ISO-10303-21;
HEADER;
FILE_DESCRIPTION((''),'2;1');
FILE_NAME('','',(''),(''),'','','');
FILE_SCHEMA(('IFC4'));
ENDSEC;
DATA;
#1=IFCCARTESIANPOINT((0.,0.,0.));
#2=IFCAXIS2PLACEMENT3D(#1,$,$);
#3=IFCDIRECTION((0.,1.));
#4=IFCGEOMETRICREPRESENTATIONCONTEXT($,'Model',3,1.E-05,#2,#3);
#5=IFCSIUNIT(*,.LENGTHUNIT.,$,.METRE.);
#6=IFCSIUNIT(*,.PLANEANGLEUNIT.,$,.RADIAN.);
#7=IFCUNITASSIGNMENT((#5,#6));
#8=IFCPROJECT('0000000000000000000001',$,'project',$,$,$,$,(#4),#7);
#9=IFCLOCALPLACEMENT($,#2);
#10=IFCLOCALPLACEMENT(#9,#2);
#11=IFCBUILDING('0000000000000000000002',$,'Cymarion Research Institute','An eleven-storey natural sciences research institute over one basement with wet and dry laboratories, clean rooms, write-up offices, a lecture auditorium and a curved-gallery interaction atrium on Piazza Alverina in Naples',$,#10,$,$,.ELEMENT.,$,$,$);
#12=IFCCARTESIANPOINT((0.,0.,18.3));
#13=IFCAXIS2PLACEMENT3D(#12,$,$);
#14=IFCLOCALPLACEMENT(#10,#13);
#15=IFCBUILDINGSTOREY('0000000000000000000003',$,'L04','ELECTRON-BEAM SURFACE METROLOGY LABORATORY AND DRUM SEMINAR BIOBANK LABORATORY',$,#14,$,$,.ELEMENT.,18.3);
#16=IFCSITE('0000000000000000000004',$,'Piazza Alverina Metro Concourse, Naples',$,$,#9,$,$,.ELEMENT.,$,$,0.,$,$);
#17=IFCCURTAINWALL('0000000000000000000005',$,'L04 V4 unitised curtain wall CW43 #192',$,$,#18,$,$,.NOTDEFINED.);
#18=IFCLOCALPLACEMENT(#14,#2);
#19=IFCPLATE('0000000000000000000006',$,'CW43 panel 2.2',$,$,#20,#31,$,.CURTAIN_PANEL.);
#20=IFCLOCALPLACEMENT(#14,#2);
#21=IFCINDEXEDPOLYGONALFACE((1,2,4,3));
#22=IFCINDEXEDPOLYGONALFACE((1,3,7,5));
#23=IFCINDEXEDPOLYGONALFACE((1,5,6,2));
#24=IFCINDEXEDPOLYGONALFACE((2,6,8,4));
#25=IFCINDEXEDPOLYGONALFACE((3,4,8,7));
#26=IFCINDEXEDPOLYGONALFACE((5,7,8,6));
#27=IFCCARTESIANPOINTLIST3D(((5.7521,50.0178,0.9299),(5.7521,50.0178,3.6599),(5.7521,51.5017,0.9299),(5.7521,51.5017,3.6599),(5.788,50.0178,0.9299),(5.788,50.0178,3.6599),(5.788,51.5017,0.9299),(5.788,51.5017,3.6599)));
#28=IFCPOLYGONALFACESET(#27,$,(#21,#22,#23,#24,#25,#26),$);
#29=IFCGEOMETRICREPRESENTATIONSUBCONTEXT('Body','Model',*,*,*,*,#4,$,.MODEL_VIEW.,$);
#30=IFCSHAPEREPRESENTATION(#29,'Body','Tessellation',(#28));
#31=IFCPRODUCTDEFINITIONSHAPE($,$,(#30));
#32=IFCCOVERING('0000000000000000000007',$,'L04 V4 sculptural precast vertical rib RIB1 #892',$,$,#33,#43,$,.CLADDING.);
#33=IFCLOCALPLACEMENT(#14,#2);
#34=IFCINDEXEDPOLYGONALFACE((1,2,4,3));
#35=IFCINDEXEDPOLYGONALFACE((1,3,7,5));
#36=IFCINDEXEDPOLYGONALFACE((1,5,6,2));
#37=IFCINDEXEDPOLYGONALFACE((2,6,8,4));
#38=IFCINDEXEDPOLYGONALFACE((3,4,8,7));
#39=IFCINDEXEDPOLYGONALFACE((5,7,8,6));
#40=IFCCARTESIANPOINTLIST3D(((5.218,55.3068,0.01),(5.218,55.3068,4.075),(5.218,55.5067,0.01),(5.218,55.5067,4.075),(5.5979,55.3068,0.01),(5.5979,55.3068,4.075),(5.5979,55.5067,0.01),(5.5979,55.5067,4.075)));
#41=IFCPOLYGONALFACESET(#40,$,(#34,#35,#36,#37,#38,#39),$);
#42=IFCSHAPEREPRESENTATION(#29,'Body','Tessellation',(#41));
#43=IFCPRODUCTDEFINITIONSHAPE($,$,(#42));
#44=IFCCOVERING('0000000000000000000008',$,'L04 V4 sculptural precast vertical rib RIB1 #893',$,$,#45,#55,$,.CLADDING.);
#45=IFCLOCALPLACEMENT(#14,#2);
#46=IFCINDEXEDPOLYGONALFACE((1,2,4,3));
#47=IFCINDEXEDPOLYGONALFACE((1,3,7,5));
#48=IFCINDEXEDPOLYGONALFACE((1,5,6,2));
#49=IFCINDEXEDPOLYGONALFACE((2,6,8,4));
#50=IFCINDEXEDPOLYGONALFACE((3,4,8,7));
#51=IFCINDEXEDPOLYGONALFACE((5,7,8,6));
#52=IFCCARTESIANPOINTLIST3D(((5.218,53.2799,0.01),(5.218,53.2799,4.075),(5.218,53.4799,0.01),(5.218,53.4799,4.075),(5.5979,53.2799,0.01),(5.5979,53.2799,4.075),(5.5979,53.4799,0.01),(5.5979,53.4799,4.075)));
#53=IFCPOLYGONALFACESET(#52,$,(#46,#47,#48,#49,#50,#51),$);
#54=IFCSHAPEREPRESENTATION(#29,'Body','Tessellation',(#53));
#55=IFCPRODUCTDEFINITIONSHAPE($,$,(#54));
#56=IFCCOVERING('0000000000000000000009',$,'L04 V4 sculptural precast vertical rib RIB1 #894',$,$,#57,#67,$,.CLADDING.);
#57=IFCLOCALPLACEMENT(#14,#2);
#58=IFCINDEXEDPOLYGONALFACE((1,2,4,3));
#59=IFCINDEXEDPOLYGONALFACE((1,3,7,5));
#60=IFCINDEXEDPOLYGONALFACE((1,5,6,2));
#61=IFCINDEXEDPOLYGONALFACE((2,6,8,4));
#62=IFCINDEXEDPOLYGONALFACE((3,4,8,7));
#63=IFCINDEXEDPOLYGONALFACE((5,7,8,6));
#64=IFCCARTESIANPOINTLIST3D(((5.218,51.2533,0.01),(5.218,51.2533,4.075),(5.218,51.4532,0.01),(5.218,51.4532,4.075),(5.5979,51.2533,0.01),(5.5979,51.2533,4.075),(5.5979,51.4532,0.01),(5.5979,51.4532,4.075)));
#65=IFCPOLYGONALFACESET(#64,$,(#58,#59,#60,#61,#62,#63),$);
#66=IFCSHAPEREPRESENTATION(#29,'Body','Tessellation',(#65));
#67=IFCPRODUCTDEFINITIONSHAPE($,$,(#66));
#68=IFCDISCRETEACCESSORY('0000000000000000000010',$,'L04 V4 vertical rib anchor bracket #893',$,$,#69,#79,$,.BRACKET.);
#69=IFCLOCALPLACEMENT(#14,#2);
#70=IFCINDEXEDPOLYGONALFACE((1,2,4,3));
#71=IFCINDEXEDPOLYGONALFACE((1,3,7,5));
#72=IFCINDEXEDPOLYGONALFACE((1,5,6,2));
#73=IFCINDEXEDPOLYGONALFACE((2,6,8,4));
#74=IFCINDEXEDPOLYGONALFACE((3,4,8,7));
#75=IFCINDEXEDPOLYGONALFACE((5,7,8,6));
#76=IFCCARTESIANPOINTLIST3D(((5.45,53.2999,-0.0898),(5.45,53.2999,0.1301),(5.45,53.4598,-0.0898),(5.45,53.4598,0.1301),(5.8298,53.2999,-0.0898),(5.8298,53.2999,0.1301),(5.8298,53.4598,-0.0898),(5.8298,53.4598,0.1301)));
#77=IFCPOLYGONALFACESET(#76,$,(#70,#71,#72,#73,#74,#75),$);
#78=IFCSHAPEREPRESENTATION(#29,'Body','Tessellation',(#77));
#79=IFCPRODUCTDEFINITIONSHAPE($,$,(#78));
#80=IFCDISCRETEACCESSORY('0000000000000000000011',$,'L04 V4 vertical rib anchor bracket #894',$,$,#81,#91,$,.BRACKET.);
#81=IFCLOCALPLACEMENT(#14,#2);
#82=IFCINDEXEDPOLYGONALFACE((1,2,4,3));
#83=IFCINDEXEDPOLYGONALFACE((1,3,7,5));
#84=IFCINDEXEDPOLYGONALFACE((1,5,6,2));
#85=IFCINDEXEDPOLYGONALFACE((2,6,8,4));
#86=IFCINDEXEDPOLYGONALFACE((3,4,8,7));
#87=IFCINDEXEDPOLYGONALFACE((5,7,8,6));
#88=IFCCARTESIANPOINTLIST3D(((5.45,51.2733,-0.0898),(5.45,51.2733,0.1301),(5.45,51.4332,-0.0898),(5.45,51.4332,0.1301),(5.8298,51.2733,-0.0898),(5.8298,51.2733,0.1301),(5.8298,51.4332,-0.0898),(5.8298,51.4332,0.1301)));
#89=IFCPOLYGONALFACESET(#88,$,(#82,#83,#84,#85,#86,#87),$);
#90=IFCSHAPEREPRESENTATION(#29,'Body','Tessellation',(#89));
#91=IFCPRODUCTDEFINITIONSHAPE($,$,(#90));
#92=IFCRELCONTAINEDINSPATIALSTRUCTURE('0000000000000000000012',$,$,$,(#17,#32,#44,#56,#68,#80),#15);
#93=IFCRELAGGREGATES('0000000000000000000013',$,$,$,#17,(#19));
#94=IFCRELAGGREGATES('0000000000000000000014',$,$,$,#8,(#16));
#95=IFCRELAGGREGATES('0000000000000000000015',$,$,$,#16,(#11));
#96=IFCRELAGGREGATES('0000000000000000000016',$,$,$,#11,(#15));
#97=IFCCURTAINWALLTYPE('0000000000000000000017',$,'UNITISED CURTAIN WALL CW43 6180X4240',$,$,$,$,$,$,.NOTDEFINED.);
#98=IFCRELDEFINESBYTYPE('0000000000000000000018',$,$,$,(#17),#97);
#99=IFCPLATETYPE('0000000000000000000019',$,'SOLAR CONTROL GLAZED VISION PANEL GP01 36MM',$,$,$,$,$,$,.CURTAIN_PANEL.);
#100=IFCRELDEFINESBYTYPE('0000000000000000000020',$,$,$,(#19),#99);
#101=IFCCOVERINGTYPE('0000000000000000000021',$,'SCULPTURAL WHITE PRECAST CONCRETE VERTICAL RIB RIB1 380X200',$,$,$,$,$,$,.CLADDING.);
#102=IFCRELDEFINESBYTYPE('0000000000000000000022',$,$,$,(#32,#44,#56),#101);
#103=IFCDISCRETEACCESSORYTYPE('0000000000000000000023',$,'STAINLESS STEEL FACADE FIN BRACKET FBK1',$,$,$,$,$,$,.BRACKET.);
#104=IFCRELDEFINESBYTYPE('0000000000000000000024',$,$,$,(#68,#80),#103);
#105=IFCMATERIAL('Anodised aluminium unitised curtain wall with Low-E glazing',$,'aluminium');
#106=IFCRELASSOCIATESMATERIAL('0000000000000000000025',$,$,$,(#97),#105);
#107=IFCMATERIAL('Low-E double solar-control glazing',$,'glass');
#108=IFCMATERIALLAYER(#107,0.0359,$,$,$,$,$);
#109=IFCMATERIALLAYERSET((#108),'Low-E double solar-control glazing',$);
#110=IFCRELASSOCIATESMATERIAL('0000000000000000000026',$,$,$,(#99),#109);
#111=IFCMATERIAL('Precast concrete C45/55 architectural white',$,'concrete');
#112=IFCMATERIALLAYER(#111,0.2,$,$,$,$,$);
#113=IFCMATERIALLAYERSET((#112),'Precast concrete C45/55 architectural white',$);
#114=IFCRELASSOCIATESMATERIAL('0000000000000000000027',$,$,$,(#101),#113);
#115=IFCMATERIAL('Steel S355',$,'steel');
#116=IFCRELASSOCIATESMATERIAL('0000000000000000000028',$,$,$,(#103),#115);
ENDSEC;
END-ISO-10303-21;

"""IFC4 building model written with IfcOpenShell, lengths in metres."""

from ifc_helpers import new_model, si_unit, direction, frame, origin, origin_2d, place, context, subcontext, project, spatial, rectangle, extrude, material, layer, layer_set, type_object, element, aggregate, save


model = new_model("IFC4")

# Units and contexts
model_context = context("Model", 3, precision=1e-05, world=origin(), true_north=direction((0.0, 1.0)))
body_context = subcontext(model_context, "Body", "Model", "MODEL_VIEW")
ifc_project = project(units=[si_unit("LENGTHUNIT", "METRE"), si_unit("PLANEANGLEUNIT", "RADIAN")], contexts=[model_context])

# Site, building, storey
site_placement = place(None, origin())
site = spatial("IfcSite", under=ifc_project, at=site_placement, Name="Piazza Alverina Metro Concourse, Naples", CompositionType="ELEMENT", RefElevation=0.0)
building_placement = place(site_placement, origin())
building = spatial("IfcBuilding", under=site, at=building_placement, Name="Cymarion Research Institute", Description="An eleven-storey natural sciences research institute over one basement with wet and dry laboratories, clean rooms, write-up offices, a lecture auditorium and a curved-gallery interaction atrium on Piazza Alverina in Naples", CompositionType="ELEMENT")
storey_placement = place(building_placement, frame((0.0, 0.0, 18.3)))
storey = spatial("IfcBuildingStorey", under=building, at=storey_placement, Name="L04", Description="ELECTRON-BEAM SURFACE METROLOGY LABORATORY AND DRUM SEMINAR BIOBANK LABORATORY", CompositionType="ELEMENT", Elevation=18.3)

# Curtain wall
ifc_material_1 = material(Name="Anodised aluminium unitised curtain wall with Low-E glazing", Category="aluminium")
curtain_wall_type = type_object("IfcCurtainWallType", Name="UNITISED CURTAIN WALL CW43 6180X4240", PredefinedType="NOTDEFINED", material=ifc_material_1)
curtain_wall_1_placement = place(storey_placement, origin())
curtain_wall_1 = element("IfcCurtainWall", 1, at=curtain_wall_1_placement, inside=storey, type_object=curtain_wall_type, Name="L04 V4 unitised curtain wall CW43 #192", PredefinedType="NOTDEFINED")

# Plate
ifc_material_2 = material(Name="Low-E double solar-control glazing", Category="glass")
ifc_layer_1 = layer(ifc_material_2, 0.0359)
ifc_layer_set_1 = layer_set([ifc_layer_1], Name="Low-E double solar-control glazing")
plate_type_1 = type_object("IfcPlateType", Name="SOLAR CONTROL GLAZED VISION PANEL GP01 36MM", PredefinedType="CURTAIN_PANEL", material=ifc_layer_set_1)
plate_1_placement = place(storey_placement, frame((5.77, 50.7598, 0.9299), z_axis=(0.0, 0.0, 1.0), x_axis=(0.0, -1.0, 0.0)))
plate_1 = element("IfcPlate", 2, at=plate_1_placement, type_object=plate_type_1, Name="CW43 panel 2.2", PredefinedType="CURTAIN_PANEL", context=body_context, shape_type="SweptSolid", body=[
    extrude(rectangle(XDim=1.4839, YDim=0.0359, at=origin_2d()), origin(), (0.0, 0.0, 1.0), 2.73),
])
aggregate(curtain_wall_1, [plate_1])

# Coverings
ifc_material_3 = material(Name="Precast concrete C45/55 architectural white", Category="concrete")
ifc_layer_2 = layer(ifc_material_3, 0.2)
ifc_layer_set_2 = layer_set([ifc_layer_2], Name="Precast concrete C45/55 architectural white")
covering_type = type_object("IfcCoveringType", Name="SCULPTURAL WHITE PRECAST CONCRETE VERTICAL RIB RIB1 380X200", PredefinedType="CLADDING", material=ifc_layer_set_2)
for number, where, z_axis, x_axis, name in (
    (3, (5.408, 55.4067, 0.01), (0.0, 0.0, 1.0), (-1.0, 0.0, 0.0), "L04 V4 sculptural precast vertical rib RIB1 #892"),
    (4, (5.408, 53.3799, 0.01), (0.0, 0.0, 1.0), (-1.0, 0.0, 0.0), "L04 V4 sculptural precast vertical rib RIB1 #893"),
    (5, (5.408, 51.3533, 0.01), (0.0, 0.0, 1.0), (-1.0, 0.0, 0.0), "L04 V4 sculptural precast vertical rib RIB1 #894"),
):
    element("IfcCovering", number, at=place(storey_placement, frame(where, z_axis=z_axis, x_axis=x_axis)), inside=storey, type_object=covering_type, Name=name, PredefinedType="CLADDING", context=body_context, shape_type="SweptSolid", body=[
        extrude(rectangle(XDim=0.3799, YDim=0.2, at=origin_2d()), origin(), (0.0, 0.0, 1.0), 4.0649),
    ])

# Discrete accessories
ifc_material_4 = material(Name="Steel S355", Category="steel")
discrete_accessory_type = type_object("IfcDiscreteAccessoryType", Name="STAINLESS STEEL FACADE FIN BRACKET FBK1", PredefinedType="BRACKET", material=ifc_material_4)
for number, where, z_axis, x_axis, name in (
    (6, (5.6399, 53.3799, -0.0898), (0.0, 0.0, 1.0), (-1.0, 0.0, 0.0), "L04 V4 vertical rib anchor bracket #893"),
    (7, (5.6399, 51.3533, -0.0898), (0.0, 0.0, 1.0), (-1.0, 0.0, 0.0), "L04 V4 vertical rib anchor bracket #894"),
):
    element("IfcDiscreteAccessory", number, at=place(storey_placement, frame(where, z_axis=z_axis, x_axis=x_axis)), inside=storey, type_object=discrete_accessory_type, Name=name, PredefinedType="BRACKET", context=body_context, shape_type="SweptSolid", body=[
        extrude(rectangle(XDim=0.3799, YDim=0.1599, at=origin_2d()), origin(), (0.0, 0.0, 1.0), 0.22),
    ])

save(model, "model.ifc")
